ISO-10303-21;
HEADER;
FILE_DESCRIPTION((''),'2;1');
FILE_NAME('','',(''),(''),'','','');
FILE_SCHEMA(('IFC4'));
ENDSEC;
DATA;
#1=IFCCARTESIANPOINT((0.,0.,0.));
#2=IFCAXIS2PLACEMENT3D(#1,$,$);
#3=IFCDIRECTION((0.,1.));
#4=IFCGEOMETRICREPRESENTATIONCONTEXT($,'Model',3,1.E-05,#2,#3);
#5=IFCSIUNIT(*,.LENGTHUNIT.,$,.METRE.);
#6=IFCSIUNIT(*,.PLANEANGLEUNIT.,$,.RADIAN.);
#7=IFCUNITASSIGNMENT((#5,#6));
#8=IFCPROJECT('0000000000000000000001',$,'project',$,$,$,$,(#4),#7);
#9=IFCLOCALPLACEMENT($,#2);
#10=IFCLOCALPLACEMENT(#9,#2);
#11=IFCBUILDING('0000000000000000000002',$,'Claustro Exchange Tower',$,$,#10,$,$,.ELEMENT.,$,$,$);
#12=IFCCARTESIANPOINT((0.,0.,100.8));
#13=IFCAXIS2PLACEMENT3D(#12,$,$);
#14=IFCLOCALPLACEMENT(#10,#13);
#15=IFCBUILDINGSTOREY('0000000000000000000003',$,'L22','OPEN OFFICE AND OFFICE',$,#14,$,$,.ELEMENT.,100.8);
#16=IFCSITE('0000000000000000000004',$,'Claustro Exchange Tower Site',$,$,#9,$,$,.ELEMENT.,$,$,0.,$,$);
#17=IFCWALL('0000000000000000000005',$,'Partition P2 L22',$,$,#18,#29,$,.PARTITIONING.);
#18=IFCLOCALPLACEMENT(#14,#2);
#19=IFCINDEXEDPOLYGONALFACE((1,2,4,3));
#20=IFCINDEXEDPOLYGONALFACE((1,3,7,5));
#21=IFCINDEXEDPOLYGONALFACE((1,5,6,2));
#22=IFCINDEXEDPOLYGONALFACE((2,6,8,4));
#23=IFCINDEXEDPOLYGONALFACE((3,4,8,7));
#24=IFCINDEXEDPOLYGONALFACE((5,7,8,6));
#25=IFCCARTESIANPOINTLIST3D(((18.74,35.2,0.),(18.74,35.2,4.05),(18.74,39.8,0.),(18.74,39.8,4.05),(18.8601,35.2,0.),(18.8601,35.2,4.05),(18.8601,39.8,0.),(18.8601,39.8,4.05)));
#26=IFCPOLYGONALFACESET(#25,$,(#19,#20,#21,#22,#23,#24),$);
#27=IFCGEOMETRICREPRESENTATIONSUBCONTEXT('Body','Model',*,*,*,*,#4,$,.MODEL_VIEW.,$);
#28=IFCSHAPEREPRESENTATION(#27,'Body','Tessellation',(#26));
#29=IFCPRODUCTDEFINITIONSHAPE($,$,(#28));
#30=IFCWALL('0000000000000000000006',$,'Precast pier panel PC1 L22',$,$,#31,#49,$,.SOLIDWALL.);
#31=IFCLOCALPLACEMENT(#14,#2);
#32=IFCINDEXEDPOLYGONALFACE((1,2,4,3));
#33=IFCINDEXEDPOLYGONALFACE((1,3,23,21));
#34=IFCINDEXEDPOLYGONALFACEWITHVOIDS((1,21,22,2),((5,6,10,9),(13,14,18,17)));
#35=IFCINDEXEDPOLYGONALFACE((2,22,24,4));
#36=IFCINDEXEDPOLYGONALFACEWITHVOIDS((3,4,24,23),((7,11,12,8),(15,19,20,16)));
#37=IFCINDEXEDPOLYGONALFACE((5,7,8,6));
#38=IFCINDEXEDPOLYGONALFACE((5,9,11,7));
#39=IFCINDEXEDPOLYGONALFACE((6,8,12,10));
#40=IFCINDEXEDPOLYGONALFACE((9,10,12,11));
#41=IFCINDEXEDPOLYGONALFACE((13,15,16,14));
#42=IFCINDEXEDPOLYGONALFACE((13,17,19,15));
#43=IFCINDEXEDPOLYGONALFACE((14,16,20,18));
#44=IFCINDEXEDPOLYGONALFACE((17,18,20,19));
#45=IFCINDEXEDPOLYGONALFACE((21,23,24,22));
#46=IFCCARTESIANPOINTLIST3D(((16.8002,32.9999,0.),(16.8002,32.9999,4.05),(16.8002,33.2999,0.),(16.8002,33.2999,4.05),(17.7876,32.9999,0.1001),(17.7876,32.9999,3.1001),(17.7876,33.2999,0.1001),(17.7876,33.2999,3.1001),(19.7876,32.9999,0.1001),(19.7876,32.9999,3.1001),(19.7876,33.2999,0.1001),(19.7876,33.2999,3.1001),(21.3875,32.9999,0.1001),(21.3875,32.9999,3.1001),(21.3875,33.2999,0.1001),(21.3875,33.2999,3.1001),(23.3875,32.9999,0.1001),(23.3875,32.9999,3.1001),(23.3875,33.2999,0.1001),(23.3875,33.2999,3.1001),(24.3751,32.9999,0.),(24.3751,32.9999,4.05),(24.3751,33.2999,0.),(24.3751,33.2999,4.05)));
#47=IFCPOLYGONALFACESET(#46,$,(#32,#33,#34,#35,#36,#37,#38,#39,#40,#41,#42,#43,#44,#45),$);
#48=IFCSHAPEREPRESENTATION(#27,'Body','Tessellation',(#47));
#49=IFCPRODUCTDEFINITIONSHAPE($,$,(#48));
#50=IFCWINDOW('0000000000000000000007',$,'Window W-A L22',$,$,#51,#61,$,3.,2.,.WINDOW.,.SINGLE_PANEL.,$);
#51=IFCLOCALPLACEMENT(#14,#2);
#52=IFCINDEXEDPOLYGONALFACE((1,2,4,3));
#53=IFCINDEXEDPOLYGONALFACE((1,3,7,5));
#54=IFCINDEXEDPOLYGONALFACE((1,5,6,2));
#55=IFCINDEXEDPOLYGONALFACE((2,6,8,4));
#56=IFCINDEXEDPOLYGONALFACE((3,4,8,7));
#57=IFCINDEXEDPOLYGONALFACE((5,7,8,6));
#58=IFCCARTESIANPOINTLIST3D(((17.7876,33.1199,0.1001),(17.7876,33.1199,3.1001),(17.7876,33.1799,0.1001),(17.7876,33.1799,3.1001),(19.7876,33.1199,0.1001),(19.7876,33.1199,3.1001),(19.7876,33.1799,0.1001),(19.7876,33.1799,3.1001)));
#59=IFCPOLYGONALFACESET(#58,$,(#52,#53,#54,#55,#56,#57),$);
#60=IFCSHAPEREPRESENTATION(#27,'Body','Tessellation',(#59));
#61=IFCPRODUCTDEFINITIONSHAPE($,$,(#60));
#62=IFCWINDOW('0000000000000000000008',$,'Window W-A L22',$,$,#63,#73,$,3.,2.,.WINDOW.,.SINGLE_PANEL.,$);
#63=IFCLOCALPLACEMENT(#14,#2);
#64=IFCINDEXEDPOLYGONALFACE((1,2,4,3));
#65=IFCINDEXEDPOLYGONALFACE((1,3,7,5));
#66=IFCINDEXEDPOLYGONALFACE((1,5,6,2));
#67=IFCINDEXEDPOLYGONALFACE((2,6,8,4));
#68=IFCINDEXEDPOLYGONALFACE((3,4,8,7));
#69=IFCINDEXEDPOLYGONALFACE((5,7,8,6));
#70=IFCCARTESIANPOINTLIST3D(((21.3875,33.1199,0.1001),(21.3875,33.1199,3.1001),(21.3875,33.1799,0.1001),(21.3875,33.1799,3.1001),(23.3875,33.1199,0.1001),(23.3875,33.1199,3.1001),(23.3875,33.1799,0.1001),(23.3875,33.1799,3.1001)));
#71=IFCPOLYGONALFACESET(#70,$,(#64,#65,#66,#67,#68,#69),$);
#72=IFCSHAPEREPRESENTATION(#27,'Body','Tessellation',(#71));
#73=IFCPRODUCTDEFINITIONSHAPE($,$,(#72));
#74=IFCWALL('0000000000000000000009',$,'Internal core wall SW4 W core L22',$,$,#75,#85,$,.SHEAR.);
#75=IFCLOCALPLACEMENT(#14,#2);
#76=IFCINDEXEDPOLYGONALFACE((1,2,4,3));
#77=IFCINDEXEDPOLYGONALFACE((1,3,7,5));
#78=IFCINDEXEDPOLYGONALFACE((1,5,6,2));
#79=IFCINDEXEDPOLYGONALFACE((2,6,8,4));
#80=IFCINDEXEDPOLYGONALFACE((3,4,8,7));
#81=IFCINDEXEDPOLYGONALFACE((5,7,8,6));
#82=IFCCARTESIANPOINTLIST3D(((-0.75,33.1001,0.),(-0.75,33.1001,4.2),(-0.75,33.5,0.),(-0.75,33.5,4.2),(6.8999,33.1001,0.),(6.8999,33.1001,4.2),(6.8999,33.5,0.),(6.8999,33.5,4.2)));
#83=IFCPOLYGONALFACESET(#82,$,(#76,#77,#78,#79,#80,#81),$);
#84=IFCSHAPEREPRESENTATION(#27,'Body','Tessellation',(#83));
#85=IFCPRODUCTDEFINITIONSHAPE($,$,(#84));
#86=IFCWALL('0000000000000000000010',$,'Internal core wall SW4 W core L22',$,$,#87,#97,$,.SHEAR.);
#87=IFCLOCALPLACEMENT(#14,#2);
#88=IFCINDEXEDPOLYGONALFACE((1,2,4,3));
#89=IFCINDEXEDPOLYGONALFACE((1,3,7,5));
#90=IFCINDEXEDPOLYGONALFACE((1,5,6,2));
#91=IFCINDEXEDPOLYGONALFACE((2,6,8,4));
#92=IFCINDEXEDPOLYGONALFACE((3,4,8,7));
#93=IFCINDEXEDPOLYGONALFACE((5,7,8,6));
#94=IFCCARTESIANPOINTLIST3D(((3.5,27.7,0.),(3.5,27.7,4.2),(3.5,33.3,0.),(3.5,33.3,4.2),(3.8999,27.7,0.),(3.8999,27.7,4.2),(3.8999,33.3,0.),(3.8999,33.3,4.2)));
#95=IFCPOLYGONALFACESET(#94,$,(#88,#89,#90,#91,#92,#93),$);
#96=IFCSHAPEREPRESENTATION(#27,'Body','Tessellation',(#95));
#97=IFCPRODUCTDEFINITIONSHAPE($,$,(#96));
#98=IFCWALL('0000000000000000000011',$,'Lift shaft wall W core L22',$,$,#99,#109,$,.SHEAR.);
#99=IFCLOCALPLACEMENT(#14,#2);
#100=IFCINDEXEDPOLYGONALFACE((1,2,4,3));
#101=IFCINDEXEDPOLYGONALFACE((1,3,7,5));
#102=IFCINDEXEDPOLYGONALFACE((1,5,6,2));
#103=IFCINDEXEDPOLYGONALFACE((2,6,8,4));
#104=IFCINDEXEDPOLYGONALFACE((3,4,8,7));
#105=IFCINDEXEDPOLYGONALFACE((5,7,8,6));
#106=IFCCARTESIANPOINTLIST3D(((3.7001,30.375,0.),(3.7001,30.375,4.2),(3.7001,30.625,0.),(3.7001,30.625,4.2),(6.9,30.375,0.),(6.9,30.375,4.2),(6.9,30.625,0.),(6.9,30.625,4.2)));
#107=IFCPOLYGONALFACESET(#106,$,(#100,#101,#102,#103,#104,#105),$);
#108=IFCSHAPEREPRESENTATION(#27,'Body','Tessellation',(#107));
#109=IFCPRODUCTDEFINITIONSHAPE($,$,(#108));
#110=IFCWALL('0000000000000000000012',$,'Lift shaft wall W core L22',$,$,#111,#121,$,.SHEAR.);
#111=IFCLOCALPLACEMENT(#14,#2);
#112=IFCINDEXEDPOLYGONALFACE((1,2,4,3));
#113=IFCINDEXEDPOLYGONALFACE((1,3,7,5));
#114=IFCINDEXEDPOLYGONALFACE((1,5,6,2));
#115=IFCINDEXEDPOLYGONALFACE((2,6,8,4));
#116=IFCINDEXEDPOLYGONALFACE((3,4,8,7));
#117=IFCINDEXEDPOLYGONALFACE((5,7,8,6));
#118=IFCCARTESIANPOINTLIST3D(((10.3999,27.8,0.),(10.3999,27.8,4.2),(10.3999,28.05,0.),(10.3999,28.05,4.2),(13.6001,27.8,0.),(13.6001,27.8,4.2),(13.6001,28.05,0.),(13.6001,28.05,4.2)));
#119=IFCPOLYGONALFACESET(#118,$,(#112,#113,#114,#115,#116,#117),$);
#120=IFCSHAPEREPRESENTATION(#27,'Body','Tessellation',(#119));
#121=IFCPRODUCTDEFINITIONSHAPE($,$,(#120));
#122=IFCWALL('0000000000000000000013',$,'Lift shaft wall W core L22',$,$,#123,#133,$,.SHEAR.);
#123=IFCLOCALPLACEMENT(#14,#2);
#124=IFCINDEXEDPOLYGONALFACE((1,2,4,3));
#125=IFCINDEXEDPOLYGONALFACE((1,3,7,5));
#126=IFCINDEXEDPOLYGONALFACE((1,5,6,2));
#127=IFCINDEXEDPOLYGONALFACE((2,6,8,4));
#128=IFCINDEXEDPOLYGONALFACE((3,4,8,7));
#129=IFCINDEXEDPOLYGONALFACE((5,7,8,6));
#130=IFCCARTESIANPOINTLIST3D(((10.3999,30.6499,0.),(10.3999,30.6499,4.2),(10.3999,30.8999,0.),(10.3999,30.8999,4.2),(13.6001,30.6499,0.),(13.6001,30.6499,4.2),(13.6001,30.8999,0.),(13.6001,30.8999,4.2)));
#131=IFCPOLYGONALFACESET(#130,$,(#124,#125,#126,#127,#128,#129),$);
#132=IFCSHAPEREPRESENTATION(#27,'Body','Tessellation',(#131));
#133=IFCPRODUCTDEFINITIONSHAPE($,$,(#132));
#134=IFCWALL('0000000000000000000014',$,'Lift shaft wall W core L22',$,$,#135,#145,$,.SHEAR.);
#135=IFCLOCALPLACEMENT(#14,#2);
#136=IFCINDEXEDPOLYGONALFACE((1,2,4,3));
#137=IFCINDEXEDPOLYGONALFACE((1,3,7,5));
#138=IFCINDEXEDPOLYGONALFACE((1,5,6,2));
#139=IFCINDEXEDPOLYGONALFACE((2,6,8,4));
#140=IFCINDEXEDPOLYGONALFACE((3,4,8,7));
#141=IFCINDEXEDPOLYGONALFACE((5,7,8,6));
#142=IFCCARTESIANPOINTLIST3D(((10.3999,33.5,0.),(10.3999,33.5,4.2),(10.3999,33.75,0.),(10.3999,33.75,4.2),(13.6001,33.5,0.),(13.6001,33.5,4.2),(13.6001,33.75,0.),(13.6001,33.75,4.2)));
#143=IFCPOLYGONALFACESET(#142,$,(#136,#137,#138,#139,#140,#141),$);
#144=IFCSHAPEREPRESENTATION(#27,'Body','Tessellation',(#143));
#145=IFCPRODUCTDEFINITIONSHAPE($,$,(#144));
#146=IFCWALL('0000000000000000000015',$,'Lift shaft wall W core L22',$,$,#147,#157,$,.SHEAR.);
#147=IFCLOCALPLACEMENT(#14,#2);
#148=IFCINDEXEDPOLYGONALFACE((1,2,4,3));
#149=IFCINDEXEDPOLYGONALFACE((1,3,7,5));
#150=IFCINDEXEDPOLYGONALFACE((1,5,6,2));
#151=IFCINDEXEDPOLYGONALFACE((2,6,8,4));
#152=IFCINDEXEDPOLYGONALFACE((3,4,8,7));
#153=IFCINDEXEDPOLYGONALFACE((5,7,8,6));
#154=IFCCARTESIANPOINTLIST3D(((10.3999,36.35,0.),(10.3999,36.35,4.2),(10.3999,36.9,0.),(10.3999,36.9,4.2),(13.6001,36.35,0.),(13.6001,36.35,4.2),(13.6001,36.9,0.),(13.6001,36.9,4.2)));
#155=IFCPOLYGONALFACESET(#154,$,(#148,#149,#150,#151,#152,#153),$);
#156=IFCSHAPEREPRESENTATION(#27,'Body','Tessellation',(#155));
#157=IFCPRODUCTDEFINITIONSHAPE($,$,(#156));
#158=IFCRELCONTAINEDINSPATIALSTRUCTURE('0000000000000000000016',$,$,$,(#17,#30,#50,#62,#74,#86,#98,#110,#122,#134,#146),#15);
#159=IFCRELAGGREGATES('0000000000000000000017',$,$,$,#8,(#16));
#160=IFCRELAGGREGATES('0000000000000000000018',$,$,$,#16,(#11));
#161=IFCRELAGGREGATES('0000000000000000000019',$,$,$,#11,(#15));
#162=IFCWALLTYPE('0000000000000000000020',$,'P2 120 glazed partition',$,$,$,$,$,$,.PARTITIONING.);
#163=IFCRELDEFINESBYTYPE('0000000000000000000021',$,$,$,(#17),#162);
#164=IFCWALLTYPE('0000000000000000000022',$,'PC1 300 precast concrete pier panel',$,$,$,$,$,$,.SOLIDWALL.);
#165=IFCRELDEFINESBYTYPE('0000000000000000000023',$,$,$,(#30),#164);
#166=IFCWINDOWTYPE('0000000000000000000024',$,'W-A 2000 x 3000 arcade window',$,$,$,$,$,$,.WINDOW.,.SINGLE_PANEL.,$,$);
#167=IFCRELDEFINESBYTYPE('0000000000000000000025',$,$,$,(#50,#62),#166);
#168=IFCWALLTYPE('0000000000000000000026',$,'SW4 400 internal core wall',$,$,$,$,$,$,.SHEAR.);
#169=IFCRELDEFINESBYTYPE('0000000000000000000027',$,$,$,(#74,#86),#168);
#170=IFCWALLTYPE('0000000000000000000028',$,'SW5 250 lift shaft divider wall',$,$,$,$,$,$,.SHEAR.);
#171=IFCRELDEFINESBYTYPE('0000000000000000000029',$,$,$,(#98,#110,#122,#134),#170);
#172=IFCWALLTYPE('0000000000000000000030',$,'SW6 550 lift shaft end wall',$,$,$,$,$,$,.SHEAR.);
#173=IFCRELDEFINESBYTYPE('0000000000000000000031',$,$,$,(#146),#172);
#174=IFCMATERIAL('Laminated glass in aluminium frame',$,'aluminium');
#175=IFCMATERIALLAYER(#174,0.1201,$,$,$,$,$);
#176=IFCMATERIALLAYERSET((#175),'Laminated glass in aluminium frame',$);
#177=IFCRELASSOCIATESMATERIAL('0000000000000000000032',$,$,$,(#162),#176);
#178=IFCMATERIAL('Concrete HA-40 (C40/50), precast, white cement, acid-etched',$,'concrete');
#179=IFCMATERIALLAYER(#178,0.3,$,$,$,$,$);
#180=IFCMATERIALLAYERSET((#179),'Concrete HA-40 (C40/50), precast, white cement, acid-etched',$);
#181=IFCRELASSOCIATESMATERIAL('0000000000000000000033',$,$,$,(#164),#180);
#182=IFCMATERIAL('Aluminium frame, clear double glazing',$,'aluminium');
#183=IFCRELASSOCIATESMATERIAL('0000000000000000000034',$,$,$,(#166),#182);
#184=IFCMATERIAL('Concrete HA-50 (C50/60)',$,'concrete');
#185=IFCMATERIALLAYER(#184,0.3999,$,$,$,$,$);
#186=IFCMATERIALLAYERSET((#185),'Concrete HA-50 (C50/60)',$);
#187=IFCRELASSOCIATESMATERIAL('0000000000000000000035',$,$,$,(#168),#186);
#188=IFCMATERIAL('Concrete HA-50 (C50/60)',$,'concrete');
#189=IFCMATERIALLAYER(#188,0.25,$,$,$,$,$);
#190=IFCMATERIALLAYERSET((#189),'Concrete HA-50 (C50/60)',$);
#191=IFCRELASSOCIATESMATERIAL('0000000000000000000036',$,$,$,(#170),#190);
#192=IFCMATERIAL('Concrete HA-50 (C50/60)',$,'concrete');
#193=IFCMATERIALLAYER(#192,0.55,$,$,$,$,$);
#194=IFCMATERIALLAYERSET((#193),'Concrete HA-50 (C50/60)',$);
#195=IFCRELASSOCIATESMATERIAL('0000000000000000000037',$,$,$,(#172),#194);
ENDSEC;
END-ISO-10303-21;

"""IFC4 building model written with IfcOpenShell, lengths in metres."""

from ifc_helpers import new_model, si_unit, direction, frame, frame_2d, origin, place, context, subcontext, project, spatial, rectangle, extrude, material, layer, layer_set, type_object, element, fill, save


model = new_model("IFC4")

# Units and contexts
model_context = context("Model", 3, precision=1e-05, world=origin(), true_north=direction((0.0, 1.0)))
body_context = subcontext(model_context, "Body", "Model", "MODEL_VIEW")
ifc_project = project(units=[si_unit("LENGTHUNIT", "METRE"), si_unit("PLANEANGLEUNIT", "RADIAN")], contexts=[model_context])

# Site, building, storey
site_placement = place(None, origin())
site = spatial("IfcSite", under=ifc_project, at=site_placement, Name="Claustro Exchange Tower Site", CompositionType="ELEMENT", RefElevation=0.0)
building_placement = place(site_placement, origin())
building = spatial("IfcBuilding", under=site, at=building_placement, Name="Claustro Exchange Tower", CompositionType="ELEMENT")
storey_placement = place(building_placement, frame((0.0, 0.0, 100.8)))
storey = spatial("IfcBuildingStorey", under=building, at=storey_placement, Name="L22", Description="OPEN OFFICE AND OFFICE", CompositionType="ELEMENT", Elevation=100.8)

# Wall
ifc_material_1 = material(Name="Laminated glass in aluminium frame", Category="aluminium")
ifc_layer_1 = layer(ifc_material_1, 0.1201)
ifc_layer_set_1 = layer_set([ifc_layer_1], Name="Laminated glass in aluminium frame")
wall_type_1 = type_object("IfcWallType", Name="P2 120 glazed partition", PredefinedType="PARTITIONING", material=ifc_layer_set_1)
wall_1_placement = place(storey_placement, frame((18.8, 35.2, 0.0), z_axis=(0.0, 0.0, 1.0), x_axis=(0.0, 1.0, 0.0)))
element("IfcWall", 1, at=wall_1_placement, inside=storey, type_object=wall_type_1, Name="Partition P2 L22", PredefinedType="PARTITIONING", context=body_context, shape_type="SweptSolid", body=[
    extrude(rectangle(XDim=4.6001, YDim=0.1201, at=frame_2d((2.3, 0.0))), origin(), (0.0, 0.0, 1.0), 4.05),
])

# Wall, openings, windows
ifc_material_2 = material(Name="Concrete HA-40 (C40/50), precast, white cement, acid-etched", Category="concrete")
ifc_layer_2 = layer(ifc_material_2, 0.3)
ifc_layer_set_2 = layer_set([ifc_layer_2], Name="Concrete HA-40 (C40/50), precast, white cement, acid-etched")
wall_type_2 = type_object("IfcWallType", Name="PC1 300 precast concrete pier panel", PredefinedType="SOLIDWALL", material=ifc_layer_set_2)
wall_2_placement = place(storey_placement, frame((16.8, 33.1499, 0.0), z_axis=(0.0, 0.0, 1.0), x_axis=(1.0, 0.0, 0.0)))
wall_2 = element("IfcWall", 2, at=wall_2_placement, inside=storey, type_object=wall_type_2, Name="Precast pier panel PC1 L22", PredefinedType="SOLIDWALL", context=body_context, shape_type="SweptSolid", body=[
    extrude(rectangle(XDim=7.575, YDim=0.3, at=frame_2d((3.7876, 0.0))), origin(), (0.0, 0.0, 1.0), 4.05),
])
opening_1_placement = place(wall_2_placement, frame((0.9875, 0.0, 0.1001)))
opening_1 = element("IfcOpeningElement", 3, at=opening_1_placement, cuts=wall_2, PredefinedType="OPENING", context=body_context, shape_type="SweptSolid", body=[
    extrude(rectangle(XDim=2.0, YDim=3.0, at=frame_2d((1.0, 1.5))), frame((0.0, 0.1599, 0.0), z_axis=(0.0, -1.0, 0.0), x_axis=(1.0, 0.0, 0.0)), (0.0, 0.0, 1.0), 0.3201),
])
opening_2_placement = place(wall_2_placement, frame((4.5874, 0.0, 0.1001)))
opening_2 = element("IfcOpeningElement", 4, at=opening_2_placement, cuts=wall_2, PredefinedType="OPENING", context=body_context, shape_type="SweptSolid", body=[
    extrude(rectangle(XDim=2.0, YDim=3.0, at=frame_2d((1.0, 1.5))), frame((0.0, 0.1599, 0.0), z_axis=(0.0, -1.0, 0.0), x_axis=(1.0, 0.0, 0.0)), (0.0, 0.0, 1.0), 0.3201),
])
ifc_material_3 = material(Name="Aluminium frame, clear double glazing", Category="aluminium")
window_type = type_object("IfcWindowType", Name="W-A 2000 x 3000 arcade window", PartitioningType="SINGLE_PANEL", PredefinedType="WINDOW", material=ifc_material_3)
window_1_placement = place(opening_1_placement, origin())
window_1 = element("IfcWindow", 5, at=window_1_placement, inside=storey, type_object=window_type, Name="Window W-A L22", OverallHeight=3.0, OverallWidth=2.0, PartitioningType="SINGLE_PANEL", PredefinedType="WINDOW", context=body_context, shape_type="SweptSolid", body=[
    extrude(rectangle(XDim=2.0, YDim=3.0, at=frame_2d((1.0, 1.5))), frame((0.0, 0.03, 0.0), z_axis=(0.0, -1.0, 0.0), x_axis=(1.0, 0.0, 0.0)), (0.0, 0.0, 1.0), 0.0601),
])
fill(opening_1, window_1)
window_2_placement = place(opening_2_placement, origin())
window_2 = element("IfcWindow", 6, at=window_2_placement, inside=storey, type_object=window_type, Name="Window W-A L22", OverallHeight=3.0, OverallWidth=2.0, PartitioningType="SINGLE_PANEL", PredefinedType="WINDOW", context=body_context, shape_type="SweptSolid", body=[
    extrude(rectangle(XDim=2.0, YDim=3.0, at=frame_2d((1.0, 1.5))), frame((0.0, 0.03, 0.0), z_axis=(0.0, -1.0, 0.0), x_axis=(1.0, 0.0, 0.0)), (0.0, 0.0, 1.0), 0.0601),
])
fill(opening_2, window_2)

# Walls
ifc_material_4 = material(Name="Concrete HA-50 (C50/60)", Category="concrete")
ifc_layer_3 = layer(ifc_material_4, 0.3999)
ifc_layer_set_3 = layer_set([ifc_layer_3], Name="Concrete HA-50 (C50/60)")
wall_type_3 = type_object("IfcWallType", Name="SW4 400 internal core wall", PredefinedType="SHEAR", material=ifc_layer_set_3)
wall_3_placement = place(storey_placement, frame((-0.75, 33.3, 0.0), z_axis=(0.0, 0.0, 1.0), x_axis=(1.0, 0.0, 0.0)))
element("IfcWall", 7, at=wall_3_placement, inside=storey, type_object=wall_type_3, Name="Internal core wall SW4 W core L22", PredefinedType="SHEAR", context=body_context, shape_type="SweptSolid", body=[
    extrude(rectangle(XDim=7.6499, YDim=0.3999, at=frame_2d((3.825, 0.0))), origin(), (0.0, 0.0, 1.0), 4.2),
])
wall_4_placement = place(storey_placement, frame((3.7, 27.7, 0.0), z_axis=(0.0, 0.0, 1.0), x_axis=(0.0, 1.0, 0.0)))
element("IfcWall", 8, at=wall_4_placement, inside=storey, type_object=wall_type_3, Name="Internal core wall SW4 W core L22", PredefinedType="SHEAR", context=body_context, shape_type="SweptSolid", body=[
    extrude(rectangle(XDim=5.6001, YDim=0.3999, at=frame_2d((2.8, 0.0))), origin(), (0.0, 0.0, 1.0), 4.2),
])
ifc_material_5 = material(Name="Concrete HA-50 (C50/60)", Category="concrete")
ifc_layer_4 = layer(ifc_material_5, 0.25)
ifc_layer_set_4 = layer_set([ifc_layer_4], Name="Concrete HA-50 (C50/60)")
wall_type_4 = type_object("IfcWallType", Name="SW5 250 lift shaft divider wall", PredefinedType="SHEAR", material=ifc_layer_set_4)
wall_5_placement = place(storey_placement, frame((3.7, 30.5, 0.0), z_axis=(0.0, 0.0, 1.0), x_axis=(1.0, 0.0, 0.0)))
element("IfcWall", 9, at=wall_5_placement, inside=storey, type_object=wall_type_4, Name="Lift shaft wall W core L22", PredefinedType="SHEAR", context=body_context, shape_type="SweptSolid", body=[
    extrude(rectangle(XDim=3.2, YDim=0.25, at=frame_2d((1.6001, 0.0))), origin(), (0.0, 0.0, 1.0), 4.2),
])
for number, where, z_axis, x_axis, name in (
    (10, (10.3999, 27.925, 0.0), (0.0, 0.0, 1.0), (1.0, 0.0, 0.0), "Lift shaft wall W core L22"),
    (11, (10.3999, 30.7749, 0.0), (0.0, 0.0, 1.0), (1.0, 0.0, 0.0), "Lift shaft wall W core L22"),
    (12, (10.3999, 33.625, 0.0), (0.0, 0.0, 1.0), (1.0, 0.0, 0.0), "Lift shaft wall W core L22"),
):
    element("IfcWall", number, at=place(storey_placement, frame(where, z_axis=z_axis, x_axis=x_axis)), inside=storey, type_object=wall_type_4, Name=name, PredefinedType="SHEAR", context=body_context, shape_type="SweptSolid", body=[
        extrude(rectangle(XDim=3.2002, YDim=0.25, at=frame_2d((1.6001, 0.0))), origin(), (0.0, 0.0, 1.0), 4.2),
    ])
ifc_material_6 = material(Name="Concrete HA-50 (C50/60)", Category="concrete")
ifc_layer_5 = layer(ifc_material_6, 0.55)
ifc_layer_set_5 = layer_set([ifc_layer_5], Name="Concrete HA-50 (C50/60)")
wall_type_5 = type_object("IfcWallType", Name="SW6 550 lift shaft end wall", PredefinedType="SHEAR", material=ifc_layer_set_5)
wall_6_placement = place(storey_placement, frame((10.3999, 36.625, 0.0), z_axis=(0.0, 0.0, 1.0), x_axis=(1.0, 0.0, 0.0)))
element("IfcWall", 13, at=wall_6_placement, inside=storey, type_object=wall_type_5, Name="Lift shaft wall W core L22", PredefinedType="SHEAR", context=body_context, shape_type="SweptSolid", body=[
    extrude(rectangle(XDim=3.2002, YDim=0.55, at=frame_2d((1.6001, 0.0))), origin(), (0.0, 0.0, 1.0), 4.2),
])

save(model, "model.ifc")
